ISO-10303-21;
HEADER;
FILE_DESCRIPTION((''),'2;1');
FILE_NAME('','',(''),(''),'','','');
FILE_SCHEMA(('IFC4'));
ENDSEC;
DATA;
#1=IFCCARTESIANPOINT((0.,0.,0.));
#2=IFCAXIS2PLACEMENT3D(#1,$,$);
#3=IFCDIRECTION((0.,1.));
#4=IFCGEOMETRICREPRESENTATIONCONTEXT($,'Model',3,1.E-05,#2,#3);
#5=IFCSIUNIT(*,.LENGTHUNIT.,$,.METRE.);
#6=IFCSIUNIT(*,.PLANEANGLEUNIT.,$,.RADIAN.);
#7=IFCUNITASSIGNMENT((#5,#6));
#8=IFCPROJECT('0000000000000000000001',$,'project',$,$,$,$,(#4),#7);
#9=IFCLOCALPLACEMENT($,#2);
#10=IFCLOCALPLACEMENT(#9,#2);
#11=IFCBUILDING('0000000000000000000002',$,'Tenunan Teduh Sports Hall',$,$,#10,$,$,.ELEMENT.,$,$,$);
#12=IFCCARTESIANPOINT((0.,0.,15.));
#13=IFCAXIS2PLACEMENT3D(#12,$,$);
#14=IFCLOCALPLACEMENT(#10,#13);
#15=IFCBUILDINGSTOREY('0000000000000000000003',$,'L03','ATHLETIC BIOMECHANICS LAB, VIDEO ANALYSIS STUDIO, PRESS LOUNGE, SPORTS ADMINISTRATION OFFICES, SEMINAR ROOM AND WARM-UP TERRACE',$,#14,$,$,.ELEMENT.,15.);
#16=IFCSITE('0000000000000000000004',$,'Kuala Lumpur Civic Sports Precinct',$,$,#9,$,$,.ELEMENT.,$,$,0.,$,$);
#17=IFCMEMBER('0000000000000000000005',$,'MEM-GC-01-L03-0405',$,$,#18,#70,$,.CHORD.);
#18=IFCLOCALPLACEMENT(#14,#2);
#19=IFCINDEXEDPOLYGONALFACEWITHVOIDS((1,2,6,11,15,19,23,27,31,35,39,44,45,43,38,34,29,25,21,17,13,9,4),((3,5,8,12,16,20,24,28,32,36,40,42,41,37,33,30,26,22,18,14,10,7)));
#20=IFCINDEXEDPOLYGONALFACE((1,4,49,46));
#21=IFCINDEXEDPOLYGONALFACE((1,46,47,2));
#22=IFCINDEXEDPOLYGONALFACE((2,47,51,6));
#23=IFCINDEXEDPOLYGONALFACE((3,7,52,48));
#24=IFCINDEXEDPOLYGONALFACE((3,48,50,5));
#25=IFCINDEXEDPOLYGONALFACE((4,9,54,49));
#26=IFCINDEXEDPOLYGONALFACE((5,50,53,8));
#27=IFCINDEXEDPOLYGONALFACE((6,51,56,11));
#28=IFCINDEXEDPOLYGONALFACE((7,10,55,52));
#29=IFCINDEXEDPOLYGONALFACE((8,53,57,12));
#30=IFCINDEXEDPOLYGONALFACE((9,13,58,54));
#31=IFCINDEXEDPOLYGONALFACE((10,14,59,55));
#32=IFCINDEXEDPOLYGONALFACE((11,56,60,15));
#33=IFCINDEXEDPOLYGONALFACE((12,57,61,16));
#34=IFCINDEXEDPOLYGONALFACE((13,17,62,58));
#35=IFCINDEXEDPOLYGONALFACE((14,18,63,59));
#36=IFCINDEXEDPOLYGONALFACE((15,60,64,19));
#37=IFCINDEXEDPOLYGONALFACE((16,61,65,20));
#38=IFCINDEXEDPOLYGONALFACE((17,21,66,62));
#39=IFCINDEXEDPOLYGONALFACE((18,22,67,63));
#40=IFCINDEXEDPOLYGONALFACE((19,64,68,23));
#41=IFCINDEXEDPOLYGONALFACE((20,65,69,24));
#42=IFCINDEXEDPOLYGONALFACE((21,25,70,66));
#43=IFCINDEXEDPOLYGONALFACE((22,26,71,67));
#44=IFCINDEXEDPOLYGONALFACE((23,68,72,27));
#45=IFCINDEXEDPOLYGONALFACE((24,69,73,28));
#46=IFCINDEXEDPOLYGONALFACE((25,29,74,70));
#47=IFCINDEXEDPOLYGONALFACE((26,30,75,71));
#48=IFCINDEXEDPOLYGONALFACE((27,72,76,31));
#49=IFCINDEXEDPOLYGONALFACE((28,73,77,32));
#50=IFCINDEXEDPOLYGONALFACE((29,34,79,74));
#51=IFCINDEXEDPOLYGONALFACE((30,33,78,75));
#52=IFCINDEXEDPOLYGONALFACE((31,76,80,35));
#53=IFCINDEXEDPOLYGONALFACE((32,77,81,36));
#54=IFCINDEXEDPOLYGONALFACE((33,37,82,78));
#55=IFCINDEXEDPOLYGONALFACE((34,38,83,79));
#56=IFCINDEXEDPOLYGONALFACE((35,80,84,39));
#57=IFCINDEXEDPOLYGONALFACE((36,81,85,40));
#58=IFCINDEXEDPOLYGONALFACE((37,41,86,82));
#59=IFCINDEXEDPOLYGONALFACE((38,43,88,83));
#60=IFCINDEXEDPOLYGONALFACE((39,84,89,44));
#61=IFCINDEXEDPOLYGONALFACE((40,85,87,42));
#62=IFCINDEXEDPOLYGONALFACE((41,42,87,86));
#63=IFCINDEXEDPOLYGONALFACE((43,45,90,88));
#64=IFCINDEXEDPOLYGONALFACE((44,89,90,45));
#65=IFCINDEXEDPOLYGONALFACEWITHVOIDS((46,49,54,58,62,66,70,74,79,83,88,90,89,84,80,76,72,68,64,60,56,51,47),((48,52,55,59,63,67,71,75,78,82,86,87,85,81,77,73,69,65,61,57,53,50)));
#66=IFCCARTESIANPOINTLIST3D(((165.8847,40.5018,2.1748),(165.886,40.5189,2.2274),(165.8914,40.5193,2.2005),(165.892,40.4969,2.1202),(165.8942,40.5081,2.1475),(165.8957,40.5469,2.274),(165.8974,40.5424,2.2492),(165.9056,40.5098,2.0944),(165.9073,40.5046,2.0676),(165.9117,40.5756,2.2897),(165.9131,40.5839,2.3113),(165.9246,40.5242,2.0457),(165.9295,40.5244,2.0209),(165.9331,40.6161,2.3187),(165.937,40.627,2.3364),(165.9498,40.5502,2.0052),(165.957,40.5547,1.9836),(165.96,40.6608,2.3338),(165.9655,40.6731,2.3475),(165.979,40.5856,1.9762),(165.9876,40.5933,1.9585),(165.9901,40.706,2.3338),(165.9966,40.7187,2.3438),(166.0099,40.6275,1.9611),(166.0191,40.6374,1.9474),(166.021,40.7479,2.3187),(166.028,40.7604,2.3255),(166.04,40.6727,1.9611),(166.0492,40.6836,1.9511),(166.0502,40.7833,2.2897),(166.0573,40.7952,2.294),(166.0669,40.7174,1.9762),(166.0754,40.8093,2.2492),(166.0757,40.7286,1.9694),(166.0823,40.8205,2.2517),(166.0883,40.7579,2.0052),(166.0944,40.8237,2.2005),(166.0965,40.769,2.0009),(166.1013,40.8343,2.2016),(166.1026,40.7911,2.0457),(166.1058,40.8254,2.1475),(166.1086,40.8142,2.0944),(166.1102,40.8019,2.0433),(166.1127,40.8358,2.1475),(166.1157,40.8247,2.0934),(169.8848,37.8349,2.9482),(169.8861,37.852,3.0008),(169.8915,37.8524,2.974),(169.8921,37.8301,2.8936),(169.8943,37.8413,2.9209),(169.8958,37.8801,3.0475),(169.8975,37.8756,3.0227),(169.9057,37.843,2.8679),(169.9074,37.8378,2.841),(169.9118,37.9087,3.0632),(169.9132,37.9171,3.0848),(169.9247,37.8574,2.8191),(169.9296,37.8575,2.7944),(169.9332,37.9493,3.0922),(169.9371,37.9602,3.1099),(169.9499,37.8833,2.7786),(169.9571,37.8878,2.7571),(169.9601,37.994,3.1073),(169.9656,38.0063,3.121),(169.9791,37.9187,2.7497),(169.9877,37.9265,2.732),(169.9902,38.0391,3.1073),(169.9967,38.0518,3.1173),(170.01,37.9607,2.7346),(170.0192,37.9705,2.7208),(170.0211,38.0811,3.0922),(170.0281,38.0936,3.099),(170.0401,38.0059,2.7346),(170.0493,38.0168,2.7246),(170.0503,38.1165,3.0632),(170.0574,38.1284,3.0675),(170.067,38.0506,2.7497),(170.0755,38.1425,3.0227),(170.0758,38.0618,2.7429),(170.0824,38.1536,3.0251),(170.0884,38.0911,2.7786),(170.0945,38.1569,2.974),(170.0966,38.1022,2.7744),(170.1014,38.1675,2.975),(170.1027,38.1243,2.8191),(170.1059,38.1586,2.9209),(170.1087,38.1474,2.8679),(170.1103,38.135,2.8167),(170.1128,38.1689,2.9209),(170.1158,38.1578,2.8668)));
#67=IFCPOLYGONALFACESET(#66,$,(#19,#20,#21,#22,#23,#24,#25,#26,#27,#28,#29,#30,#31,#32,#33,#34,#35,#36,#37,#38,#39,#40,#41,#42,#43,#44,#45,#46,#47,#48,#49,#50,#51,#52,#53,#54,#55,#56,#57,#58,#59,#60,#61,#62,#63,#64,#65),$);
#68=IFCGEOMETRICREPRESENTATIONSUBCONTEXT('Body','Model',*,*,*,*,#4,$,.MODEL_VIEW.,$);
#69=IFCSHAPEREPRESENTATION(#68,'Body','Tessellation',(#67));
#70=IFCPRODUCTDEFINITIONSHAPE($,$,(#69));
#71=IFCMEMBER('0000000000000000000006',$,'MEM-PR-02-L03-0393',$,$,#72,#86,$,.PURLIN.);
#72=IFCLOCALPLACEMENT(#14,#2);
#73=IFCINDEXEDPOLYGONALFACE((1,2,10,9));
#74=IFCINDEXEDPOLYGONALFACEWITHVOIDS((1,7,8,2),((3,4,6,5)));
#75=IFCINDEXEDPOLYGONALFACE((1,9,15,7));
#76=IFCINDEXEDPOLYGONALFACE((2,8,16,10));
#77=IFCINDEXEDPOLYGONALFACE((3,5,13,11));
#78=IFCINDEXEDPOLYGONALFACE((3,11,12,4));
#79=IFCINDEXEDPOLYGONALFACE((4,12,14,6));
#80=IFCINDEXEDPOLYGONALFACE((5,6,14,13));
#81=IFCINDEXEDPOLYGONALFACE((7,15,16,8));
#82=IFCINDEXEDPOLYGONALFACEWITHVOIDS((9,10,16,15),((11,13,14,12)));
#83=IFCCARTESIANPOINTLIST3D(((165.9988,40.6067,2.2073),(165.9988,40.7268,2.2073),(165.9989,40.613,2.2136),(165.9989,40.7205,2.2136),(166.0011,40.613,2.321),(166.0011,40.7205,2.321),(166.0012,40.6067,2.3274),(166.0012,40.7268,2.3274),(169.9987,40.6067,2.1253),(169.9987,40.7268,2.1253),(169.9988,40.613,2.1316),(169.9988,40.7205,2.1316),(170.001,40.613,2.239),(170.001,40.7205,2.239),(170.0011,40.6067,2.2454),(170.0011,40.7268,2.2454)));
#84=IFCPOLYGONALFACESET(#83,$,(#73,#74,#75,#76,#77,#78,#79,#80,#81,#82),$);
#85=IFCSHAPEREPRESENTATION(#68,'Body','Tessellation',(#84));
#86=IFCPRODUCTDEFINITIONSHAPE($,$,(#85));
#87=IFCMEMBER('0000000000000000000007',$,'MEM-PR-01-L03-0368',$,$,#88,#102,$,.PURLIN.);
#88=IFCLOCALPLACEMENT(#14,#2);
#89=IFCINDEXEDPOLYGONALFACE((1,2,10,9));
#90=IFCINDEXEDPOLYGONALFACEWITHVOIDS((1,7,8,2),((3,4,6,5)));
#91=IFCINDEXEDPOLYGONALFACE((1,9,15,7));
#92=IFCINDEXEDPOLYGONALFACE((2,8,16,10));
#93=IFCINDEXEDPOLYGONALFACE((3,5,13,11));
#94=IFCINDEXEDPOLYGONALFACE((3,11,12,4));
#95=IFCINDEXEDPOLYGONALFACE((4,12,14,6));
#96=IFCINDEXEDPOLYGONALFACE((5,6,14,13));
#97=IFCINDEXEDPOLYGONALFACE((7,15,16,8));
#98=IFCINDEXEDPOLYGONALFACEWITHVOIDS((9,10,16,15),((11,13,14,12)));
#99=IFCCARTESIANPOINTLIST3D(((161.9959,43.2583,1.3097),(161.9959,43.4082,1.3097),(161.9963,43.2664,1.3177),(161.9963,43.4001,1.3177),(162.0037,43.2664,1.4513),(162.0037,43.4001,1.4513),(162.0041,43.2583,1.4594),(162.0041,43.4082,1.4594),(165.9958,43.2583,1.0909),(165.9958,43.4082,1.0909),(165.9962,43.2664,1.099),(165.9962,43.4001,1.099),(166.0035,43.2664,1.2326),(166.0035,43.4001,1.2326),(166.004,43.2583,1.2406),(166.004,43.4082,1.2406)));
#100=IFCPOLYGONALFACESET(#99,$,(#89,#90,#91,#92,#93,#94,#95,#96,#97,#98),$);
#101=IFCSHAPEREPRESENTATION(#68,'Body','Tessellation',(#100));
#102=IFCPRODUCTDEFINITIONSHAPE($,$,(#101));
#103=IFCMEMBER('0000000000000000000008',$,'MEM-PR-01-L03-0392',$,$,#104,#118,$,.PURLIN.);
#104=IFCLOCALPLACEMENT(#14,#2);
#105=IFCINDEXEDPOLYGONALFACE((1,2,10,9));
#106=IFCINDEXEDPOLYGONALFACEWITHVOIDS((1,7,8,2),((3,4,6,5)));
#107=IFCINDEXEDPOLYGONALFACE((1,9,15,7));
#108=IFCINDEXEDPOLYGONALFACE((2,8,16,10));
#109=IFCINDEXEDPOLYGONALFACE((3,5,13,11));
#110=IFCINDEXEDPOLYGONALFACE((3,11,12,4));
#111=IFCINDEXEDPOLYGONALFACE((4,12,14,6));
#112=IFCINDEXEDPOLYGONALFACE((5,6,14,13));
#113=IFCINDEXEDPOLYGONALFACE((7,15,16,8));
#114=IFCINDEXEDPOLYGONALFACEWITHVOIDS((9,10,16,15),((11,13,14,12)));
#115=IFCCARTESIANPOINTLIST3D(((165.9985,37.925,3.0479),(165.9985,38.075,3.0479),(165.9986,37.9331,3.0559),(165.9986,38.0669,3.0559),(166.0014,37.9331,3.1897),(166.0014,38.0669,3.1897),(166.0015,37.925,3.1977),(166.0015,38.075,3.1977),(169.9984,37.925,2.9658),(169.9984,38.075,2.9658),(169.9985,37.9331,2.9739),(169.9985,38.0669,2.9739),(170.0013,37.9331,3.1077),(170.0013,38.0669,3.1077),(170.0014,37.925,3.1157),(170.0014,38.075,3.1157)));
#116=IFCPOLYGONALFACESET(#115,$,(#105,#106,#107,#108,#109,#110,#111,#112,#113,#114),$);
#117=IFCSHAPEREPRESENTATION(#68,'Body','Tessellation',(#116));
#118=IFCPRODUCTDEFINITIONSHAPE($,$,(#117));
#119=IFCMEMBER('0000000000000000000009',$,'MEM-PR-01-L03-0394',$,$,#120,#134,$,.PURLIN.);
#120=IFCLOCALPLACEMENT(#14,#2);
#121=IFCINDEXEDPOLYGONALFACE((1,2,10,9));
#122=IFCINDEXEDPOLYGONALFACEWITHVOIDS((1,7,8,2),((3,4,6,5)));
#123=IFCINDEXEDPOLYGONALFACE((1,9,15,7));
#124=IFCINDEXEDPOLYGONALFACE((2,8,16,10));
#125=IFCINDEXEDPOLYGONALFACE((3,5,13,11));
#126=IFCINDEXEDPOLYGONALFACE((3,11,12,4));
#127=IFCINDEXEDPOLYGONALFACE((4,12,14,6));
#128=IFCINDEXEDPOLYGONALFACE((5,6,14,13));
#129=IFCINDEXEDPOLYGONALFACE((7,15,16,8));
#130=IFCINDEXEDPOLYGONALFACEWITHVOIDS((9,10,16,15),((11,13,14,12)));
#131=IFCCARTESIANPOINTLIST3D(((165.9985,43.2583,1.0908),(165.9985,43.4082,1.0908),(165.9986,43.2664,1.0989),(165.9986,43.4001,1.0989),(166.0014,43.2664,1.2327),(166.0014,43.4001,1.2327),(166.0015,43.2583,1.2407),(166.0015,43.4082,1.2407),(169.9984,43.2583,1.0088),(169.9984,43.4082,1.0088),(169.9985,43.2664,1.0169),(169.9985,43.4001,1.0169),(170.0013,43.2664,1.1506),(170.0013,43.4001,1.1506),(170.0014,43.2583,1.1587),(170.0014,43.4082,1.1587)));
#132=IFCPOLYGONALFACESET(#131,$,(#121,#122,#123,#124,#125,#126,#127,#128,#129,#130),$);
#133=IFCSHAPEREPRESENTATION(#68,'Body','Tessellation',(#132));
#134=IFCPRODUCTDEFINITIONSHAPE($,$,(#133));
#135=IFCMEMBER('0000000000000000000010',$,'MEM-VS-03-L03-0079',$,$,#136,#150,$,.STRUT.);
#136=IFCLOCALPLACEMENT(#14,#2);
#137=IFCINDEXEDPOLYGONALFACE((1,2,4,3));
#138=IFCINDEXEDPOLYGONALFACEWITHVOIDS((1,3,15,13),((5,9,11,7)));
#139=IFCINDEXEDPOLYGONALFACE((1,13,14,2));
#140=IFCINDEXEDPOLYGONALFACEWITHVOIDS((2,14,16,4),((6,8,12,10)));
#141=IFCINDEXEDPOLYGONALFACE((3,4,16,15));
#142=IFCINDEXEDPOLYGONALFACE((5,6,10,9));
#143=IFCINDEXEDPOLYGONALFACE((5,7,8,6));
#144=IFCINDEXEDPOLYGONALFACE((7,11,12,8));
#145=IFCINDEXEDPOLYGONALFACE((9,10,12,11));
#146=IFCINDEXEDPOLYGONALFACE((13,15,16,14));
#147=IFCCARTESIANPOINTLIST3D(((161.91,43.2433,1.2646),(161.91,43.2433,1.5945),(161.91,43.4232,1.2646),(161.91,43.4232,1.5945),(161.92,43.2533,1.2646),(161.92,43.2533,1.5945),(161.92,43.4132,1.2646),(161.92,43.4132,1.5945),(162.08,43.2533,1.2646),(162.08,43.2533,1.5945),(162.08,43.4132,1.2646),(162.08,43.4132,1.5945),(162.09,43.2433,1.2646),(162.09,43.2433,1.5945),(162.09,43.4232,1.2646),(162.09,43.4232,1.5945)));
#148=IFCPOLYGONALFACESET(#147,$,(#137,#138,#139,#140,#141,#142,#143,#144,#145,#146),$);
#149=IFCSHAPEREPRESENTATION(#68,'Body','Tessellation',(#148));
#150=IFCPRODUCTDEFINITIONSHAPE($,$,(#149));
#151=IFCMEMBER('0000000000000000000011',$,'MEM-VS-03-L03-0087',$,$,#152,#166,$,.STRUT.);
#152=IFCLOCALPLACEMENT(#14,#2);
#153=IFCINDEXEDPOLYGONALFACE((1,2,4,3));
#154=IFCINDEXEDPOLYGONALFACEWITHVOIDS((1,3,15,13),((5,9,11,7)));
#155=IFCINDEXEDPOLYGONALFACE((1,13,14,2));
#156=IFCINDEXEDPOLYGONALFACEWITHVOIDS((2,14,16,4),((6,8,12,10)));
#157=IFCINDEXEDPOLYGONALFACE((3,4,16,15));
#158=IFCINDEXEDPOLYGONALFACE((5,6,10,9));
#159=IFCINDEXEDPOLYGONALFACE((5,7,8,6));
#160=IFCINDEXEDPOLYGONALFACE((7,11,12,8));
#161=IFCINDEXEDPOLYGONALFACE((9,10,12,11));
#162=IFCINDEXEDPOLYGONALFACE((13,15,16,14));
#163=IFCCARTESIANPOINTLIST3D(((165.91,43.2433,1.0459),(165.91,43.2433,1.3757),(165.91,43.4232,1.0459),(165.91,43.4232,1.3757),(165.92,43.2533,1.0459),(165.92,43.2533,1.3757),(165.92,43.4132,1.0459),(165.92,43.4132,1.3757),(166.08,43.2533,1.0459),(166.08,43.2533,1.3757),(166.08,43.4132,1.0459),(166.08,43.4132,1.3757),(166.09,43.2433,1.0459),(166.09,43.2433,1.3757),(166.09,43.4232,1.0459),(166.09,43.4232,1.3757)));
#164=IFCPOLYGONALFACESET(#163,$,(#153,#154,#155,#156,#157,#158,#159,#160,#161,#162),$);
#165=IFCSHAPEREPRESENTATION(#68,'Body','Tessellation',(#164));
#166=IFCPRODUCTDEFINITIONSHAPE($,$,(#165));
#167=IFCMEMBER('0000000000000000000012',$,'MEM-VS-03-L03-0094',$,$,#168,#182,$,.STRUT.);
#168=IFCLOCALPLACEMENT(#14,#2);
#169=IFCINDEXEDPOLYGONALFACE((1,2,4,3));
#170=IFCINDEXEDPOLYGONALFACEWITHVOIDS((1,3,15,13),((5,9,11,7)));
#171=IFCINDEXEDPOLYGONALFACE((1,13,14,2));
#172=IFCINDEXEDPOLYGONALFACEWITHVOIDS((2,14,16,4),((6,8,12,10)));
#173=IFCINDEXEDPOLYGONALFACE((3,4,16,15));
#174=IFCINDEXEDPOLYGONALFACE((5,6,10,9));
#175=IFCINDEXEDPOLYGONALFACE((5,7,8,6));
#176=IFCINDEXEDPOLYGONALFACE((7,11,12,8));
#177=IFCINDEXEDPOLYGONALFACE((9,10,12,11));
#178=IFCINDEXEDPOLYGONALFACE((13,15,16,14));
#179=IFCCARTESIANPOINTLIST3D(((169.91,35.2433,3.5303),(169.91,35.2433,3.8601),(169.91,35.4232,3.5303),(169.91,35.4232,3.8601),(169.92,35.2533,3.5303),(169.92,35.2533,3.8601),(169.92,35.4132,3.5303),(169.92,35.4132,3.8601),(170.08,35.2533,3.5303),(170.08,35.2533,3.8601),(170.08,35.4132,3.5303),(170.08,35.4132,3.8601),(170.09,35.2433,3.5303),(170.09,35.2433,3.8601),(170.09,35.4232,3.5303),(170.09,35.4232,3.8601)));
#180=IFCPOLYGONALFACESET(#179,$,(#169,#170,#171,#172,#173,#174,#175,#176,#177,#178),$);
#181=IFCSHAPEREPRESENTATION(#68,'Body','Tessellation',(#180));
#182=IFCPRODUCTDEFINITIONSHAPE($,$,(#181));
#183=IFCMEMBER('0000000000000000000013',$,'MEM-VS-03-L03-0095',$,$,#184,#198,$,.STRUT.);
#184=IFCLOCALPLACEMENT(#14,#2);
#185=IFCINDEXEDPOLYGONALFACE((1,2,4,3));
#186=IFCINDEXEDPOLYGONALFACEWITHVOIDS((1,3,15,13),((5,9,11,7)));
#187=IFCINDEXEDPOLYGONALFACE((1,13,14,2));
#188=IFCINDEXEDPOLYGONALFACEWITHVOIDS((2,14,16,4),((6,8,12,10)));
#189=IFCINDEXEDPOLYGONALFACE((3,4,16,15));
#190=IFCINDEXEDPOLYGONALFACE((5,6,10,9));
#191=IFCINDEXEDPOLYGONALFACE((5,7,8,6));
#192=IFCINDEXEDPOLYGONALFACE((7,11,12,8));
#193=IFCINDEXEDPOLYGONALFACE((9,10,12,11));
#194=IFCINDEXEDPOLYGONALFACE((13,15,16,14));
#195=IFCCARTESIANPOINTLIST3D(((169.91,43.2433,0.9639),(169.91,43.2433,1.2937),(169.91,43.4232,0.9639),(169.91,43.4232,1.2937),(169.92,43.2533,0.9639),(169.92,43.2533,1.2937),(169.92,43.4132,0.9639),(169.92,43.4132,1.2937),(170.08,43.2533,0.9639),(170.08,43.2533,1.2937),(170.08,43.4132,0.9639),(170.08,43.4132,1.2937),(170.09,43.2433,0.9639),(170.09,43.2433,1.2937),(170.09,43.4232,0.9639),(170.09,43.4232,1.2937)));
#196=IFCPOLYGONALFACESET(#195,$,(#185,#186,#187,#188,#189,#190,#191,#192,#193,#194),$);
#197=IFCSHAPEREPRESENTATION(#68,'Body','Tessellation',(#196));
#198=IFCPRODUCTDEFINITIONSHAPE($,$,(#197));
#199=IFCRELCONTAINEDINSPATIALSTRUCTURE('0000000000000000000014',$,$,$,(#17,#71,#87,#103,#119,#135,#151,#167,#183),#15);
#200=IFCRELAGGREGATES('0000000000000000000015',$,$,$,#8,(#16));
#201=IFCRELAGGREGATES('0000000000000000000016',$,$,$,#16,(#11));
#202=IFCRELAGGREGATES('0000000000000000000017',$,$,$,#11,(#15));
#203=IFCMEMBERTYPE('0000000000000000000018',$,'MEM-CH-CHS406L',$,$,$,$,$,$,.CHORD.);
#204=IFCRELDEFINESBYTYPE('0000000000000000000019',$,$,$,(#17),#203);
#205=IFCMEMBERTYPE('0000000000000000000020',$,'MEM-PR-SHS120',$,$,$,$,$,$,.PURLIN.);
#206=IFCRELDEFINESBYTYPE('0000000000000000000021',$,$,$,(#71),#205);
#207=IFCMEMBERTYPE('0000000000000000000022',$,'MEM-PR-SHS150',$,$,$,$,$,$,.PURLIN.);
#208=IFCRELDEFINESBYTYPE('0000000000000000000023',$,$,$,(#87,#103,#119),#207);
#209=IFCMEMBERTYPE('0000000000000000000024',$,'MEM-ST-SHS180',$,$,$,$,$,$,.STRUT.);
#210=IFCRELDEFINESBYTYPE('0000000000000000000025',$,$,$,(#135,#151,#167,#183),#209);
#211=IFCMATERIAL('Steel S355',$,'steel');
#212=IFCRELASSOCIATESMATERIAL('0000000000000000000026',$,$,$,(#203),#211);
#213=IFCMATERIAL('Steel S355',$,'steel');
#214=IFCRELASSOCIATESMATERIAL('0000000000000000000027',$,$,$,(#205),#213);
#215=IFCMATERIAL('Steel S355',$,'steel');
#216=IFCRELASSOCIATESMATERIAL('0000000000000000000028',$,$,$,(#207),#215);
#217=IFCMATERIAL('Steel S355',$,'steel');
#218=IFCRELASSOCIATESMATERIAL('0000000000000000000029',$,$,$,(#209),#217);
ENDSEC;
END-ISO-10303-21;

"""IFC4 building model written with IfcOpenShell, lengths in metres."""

from ifc_helpers import new_model, si_unit, direction, frame, origin, origin_2d, place, context, subcontext, project, spatial, hollow_rectangle, hollow_circle, extrude, material, material_profile, profile_set, type_object, element, save


model = new_model("IFC4")

# Units and contexts
model_context = context("Model", 3, precision=1e-05, world=origin(), true_north=direction((0.0, 1.0)))
body_context = subcontext(model_context, "Body", "Model", "MODEL_VIEW")
ifc_project = project(units=[si_unit("LENGTHUNIT", "METRE"), si_unit("PLANEANGLEUNIT", "RADIAN")], contexts=[model_context])

# Site, building, storey
site_placement = place(None, origin())
site = spatial("IfcSite", under=ifc_project, at=site_placement, Name="Kuala Lumpur Civic Sports Precinct", CompositionType="ELEMENT", RefElevation=0.0)
building_placement = place(site_placement, origin())
building = spatial("IfcBuilding", under=site, at=building_placement, Name="Tenunan Teduh Sports Hall", CompositionType="ELEMENT")
storey_placement = place(building_placement, frame((0.0, 0.0, 15.0)))
storey = spatial("IfcBuildingStorey", under=building, at=storey_placement, Name="L03", Description="ATHLETIC BIOMECHANICS LAB, VIDEO ANALYSIS STUDIO, PRESS LOUNGE, SPORTS ADMINISTRATION OFFICES, SEMINAR ROOM AND WARM-UP TERRACE", CompositionType="ELEMENT", Elevation=15.0)

# Members
ifc_material_1 = material(Name="Steel S355", Category="steel")
ifc_material_profile_1 = material_profile(ifc_material_1, hollow_circle(Radius=0.2031, WallThickness=0.0125, at=origin_2d()), Name="CHS 406.4x12.5")
ifc_profile_set_1 = profile_set([ifc_material_profile_1], Name="Steel S355")
member_type_1 = type_object("IfcMemberType", Name="MEM-CH-CHS406L", PredefinedType="CHORD", material=ifc_profile_set_1)
member_1_placement = place(storey_placement, frame((166.0, 40.6667, 2.1475), z_axis=(0.821479, -0.547669, 0.158841), x_axis=(0.554712, 0.832042, 0.0)))
element("IfcMember", 1, at=member_1_placement, inside=storey, type_object=member_type_1, Name="MEM-GC-01-L03-0405", PredefinedType="CHORD", context=body_context, shape_type="SweptSolid", body=[
    extrude(hollow_circle(Radius=0.2031, WallThickness=0.0125, at=origin_2d()), origin(), (0.0, 0.0, 1.0), 4.8694),
])
ifc_material_2 = material(Name="Steel S355", Category="steel")
ifc_material_profile_2 = material_profile(ifc_material_2, hollow_rectangle(XDim=0.1201, YDim=0.1201, WallThickness=0.0063, at=origin_2d()), Name="SHS 120x120x6.3")
ifc_profile_set_2 = profile_set([ifc_material_profile_2], Name="Steel S355")
member_type_2 = type_object("IfcMemberType", Name="MEM-PR-SHS120", PredefinedType="PURLIN", material=ifc_profile_set_2)
member_2_placement = place(storey_placement, frame((166.0, 40.6667, 2.2673), z_axis=(0.99979, 0.0, -0.020504), x_axis=(0.0, 1.0, 0.0)))
element("IfcMember", 2, at=member_2_placement, inside=storey, type_object=member_type_2, Name="MEM-PR-02-L03-0393", PredefinedType="PURLIN", context=body_context, shape_type="SweptSolid", body=[
    extrude(hollow_rectangle(XDim=0.1201, YDim=0.1201, WallThickness=0.0063, at=origin_2d()), origin(), (0.0, 0.0, 1.0), 4.0007),
])
ifc_material_3 = material(Name="Steel S355", Category="steel")
ifc_material_profile_3 = material_profile(ifc_material_3, hollow_rectangle(XDim=0.1499, YDim=0.1499, WallThickness=0.0081, at=origin_2d()), Name="SHS 150x150x8.0")
ifc_profile_set_3 = profile_set([ifc_material_profile_3], Name="Steel S355")
member_type_3 = type_object("IfcMemberType", Name="MEM-PR-SHS150", PredefinedType="PURLIN", material=ifc_profile_set_3)
member_3_placement = place(storey_placement, frame((162.0, 43.3333, 1.3845), z_axis=(0.998508, 0.0, -0.054606), x_axis=(0.0, 1.0, 0.0)))
element("IfcMember", 3, at=member_3_placement, inside=storey, type_object=member_type_3, Name="MEM-PR-01-L03-0368", PredefinedType="PURLIN", context=body_context, shape_type="SweptSolid", body=[
    extrude(hollow_rectangle(XDim=0.1499, YDim=0.1499, WallThickness=0.0081, at=origin_2d()), origin(), (0.0, 0.0, 1.0), 4.0059),
])
for number, where, z_axis, x_axis, name in (
    (4, (166.0, 38.0, 3.1228), (0.99979, 0.0, -0.020504), (0.0, 1.0, 0.0), "MEM-PR-01-L03-0392"),
    (5, (166.0, 43.3333, 1.1658), (0.99979, 0.0, -0.020504), (0.0, 1.0, 0.0), "MEM-PR-01-L03-0394"),
):
    element("IfcMember", number, at=place(storey_placement, frame(where, z_axis=z_axis, x_axis=x_axis)), inside=storey, type_object=member_type_3, Name=name, PredefinedType="PURLIN", context=body_context, shape_type="SweptSolid", body=[
        extrude(hollow_rectangle(XDim=0.1499, YDim=0.1499, WallThickness=0.0081, at=origin_2d()), origin(), (0.0, 0.0, 1.0), 4.0007),
    ])
ifc_material_4 = material(Name="Steel S355", Category="steel")
ifc_material_profile_4 = material_profile(ifc_material_4, hollow_rectangle(XDim=0.1799, YDim=0.1799, WallThickness=0.01, at=origin_2d()), Name="SHS 180x180x10.0")
ifc_profile_set_4 = profile_set([ifc_material_profile_4], Name="Steel S355")
member_type_4 = type_object("IfcMemberType", Name="MEM-ST-SHS180", PredefinedType="STRUT", material=ifc_profile_set_4)
for number, where, z_axis, x_axis, name in (
    (6, (162.0, 43.3333, 1.2646), (0.0, 0.0, 1.0), (1.0, 0.0, 0.0), "MEM-VS-03-L03-0079"),
    (7, (166.0, 43.3333, 1.0459), (0.0, 0.0, 1.0), (1.0, 0.0, 0.0), "MEM-VS-03-L03-0087"),
    (8, (170.0, 35.3333, 3.5303), (0.0, 0.0, 1.0), (1.0, 0.0, 0.0), "MEM-VS-03-L03-0094"),
    (9, (170.0, 43.3333, 0.9639), (0.0, 0.0, 1.0), (1.0, 0.0, 0.0), "MEM-VS-03-L03-0095"),
):
    element("IfcMember", number, at=place(storey_placement, frame(where, z_axis=z_axis, x_axis=x_axis)), inside=storey, type_object=member_type_4, Name=name, PredefinedType="STRUT", context=body_context, shape_type="SweptSolid", body=[
        extrude(hollow_rectangle(XDim=0.1799, YDim=0.1799, WallThickness=0.01, at=origin_2d()), origin(), (0.0, 0.0, 1.0), 0.3298),
    ])

save(model, "model.ifc")
